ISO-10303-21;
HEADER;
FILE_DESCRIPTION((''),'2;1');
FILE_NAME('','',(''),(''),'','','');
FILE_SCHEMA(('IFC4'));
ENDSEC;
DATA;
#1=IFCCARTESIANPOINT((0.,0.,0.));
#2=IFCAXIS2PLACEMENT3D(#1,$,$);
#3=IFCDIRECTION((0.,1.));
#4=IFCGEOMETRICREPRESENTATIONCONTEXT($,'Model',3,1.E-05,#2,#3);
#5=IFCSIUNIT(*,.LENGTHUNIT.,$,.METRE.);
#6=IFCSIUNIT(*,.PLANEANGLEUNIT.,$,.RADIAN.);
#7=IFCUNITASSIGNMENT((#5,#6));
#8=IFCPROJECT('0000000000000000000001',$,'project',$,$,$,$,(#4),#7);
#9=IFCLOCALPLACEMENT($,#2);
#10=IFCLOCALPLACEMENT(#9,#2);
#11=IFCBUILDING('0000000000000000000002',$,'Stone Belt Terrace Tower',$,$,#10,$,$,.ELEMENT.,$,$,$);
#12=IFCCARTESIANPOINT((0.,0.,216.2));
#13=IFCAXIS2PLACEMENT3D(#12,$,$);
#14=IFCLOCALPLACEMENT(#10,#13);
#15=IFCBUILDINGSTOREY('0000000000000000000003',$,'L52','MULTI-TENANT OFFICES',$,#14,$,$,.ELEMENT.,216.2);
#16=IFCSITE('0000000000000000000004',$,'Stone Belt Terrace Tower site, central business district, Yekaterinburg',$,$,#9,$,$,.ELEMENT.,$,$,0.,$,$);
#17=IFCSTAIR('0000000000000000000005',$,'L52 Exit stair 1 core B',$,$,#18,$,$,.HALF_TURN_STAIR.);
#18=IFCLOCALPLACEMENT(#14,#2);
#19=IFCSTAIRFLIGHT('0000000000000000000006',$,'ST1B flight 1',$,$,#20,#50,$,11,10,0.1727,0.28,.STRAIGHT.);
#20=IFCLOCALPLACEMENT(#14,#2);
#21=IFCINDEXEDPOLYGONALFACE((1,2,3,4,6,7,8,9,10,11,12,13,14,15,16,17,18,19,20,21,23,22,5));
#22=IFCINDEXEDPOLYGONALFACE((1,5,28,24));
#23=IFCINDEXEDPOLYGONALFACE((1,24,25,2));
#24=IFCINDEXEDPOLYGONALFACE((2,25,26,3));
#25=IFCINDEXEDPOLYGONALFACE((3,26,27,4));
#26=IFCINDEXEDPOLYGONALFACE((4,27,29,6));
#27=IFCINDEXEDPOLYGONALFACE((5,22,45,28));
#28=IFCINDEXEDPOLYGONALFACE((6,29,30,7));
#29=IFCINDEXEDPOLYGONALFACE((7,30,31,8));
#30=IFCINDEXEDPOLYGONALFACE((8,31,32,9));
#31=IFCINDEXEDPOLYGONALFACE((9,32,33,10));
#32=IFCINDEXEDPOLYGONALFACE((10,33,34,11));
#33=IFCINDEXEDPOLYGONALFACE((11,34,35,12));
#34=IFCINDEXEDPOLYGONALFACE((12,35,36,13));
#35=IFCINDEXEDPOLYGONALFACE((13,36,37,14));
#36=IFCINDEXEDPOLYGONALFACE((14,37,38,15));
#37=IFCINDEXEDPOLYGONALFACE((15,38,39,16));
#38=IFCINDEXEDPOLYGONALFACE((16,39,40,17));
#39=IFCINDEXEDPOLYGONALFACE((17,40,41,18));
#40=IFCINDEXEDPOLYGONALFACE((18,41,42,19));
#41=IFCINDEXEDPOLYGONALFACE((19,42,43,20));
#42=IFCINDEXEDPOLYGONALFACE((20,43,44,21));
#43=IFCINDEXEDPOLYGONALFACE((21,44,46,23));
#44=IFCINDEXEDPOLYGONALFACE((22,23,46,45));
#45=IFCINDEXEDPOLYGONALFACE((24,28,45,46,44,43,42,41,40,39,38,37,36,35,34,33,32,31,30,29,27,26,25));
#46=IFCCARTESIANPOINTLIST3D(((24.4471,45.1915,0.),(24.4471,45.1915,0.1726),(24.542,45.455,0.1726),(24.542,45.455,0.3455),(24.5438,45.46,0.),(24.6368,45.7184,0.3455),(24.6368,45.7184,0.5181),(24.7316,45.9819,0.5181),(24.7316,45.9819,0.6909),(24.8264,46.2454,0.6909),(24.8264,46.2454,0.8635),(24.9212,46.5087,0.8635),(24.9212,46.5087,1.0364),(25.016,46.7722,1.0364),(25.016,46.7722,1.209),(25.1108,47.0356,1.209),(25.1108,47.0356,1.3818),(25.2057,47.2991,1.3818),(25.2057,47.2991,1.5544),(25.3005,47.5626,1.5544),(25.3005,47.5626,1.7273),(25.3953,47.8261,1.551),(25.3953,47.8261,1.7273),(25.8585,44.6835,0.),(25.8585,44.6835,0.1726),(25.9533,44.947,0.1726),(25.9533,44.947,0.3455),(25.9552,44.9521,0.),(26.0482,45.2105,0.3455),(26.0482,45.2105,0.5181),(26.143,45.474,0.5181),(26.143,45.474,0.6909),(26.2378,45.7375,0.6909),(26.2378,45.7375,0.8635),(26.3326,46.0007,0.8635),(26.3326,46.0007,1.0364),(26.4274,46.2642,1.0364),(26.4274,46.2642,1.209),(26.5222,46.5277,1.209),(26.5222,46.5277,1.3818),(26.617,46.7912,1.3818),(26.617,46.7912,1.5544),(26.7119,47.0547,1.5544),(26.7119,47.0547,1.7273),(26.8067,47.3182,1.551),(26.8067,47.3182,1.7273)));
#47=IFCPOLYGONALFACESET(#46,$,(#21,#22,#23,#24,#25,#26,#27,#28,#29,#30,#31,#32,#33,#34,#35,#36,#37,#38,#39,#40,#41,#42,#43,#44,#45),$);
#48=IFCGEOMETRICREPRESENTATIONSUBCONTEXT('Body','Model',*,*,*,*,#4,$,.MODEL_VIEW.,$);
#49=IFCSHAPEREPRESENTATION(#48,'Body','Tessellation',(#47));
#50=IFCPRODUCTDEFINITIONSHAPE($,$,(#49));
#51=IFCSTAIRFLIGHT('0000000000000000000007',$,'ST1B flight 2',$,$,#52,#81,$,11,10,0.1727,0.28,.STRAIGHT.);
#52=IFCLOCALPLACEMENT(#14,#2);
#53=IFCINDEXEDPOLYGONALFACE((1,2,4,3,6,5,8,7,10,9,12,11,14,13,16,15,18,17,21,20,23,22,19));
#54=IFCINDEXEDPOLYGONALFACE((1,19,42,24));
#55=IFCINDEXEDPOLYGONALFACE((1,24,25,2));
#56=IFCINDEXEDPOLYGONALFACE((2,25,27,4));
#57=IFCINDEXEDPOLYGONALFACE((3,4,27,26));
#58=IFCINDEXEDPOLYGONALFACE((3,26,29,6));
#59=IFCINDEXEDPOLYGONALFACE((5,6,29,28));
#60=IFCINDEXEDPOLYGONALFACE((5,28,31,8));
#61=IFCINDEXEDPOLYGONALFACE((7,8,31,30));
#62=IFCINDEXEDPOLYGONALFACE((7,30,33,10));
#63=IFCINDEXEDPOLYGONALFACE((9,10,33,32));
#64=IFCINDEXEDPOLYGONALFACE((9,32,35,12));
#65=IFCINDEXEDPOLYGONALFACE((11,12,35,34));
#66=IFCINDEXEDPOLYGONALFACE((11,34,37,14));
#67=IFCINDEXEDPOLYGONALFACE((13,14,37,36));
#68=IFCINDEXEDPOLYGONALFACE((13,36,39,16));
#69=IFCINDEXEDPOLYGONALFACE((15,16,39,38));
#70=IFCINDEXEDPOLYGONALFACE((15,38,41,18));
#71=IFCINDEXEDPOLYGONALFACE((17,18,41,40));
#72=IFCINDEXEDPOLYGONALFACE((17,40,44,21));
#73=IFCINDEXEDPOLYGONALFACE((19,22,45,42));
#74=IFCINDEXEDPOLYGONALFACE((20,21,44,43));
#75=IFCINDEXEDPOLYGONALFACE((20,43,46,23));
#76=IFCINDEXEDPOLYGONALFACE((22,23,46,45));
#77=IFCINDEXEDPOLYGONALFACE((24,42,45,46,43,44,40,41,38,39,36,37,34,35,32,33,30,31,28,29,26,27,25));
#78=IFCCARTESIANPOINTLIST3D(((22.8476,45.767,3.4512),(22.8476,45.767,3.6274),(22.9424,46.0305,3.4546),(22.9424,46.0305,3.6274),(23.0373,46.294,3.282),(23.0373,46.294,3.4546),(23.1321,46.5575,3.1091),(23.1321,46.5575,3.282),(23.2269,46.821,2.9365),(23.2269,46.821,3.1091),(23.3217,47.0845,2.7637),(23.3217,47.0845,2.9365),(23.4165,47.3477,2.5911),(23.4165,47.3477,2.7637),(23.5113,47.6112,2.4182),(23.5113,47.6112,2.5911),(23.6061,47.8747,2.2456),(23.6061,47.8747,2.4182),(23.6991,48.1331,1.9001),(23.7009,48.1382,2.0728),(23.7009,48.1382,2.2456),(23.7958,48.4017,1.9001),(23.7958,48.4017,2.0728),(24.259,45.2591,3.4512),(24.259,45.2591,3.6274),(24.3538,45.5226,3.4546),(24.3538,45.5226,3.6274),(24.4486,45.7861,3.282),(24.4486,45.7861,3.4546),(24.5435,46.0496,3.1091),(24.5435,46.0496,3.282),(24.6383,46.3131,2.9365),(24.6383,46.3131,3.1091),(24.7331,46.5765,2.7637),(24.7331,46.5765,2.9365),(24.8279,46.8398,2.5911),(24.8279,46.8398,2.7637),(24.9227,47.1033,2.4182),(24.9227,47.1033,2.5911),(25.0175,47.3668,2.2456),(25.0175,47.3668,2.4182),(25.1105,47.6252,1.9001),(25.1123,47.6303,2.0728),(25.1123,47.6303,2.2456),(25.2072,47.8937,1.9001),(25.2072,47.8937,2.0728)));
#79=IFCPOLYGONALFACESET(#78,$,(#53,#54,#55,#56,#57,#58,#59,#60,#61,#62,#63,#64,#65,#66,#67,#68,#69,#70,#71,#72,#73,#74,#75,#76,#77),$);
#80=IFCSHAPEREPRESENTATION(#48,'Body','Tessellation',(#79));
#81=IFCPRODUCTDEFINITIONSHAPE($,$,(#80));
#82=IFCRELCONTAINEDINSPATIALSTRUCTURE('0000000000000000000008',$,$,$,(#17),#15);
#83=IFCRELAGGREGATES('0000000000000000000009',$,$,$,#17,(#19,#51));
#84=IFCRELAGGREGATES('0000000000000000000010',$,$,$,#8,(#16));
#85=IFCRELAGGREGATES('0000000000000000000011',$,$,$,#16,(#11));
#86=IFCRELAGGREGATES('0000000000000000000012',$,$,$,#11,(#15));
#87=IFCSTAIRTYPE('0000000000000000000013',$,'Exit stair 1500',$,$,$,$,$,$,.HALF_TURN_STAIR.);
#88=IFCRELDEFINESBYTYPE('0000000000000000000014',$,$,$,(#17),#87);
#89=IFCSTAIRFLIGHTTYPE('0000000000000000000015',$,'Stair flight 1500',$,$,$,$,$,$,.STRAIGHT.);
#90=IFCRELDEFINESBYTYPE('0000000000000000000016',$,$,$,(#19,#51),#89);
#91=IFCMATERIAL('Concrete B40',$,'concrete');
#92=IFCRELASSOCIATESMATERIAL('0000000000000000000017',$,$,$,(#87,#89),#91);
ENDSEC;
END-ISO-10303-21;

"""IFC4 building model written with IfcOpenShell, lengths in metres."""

from ifc_helpers import new_model, si_unit, direction, frame, origin, place, context, subcontext, project, spatial, polyline, outline, extrude, material, type_object, element, aggregate, save


model = new_model("IFC4")

# Units and contexts
model_context = context("Model", 3, precision=1e-05, world=origin(), true_north=direction((0.0, 1.0)))
body_context = subcontext(model_context, "Body", "Model", "MODEL_VIEW")
ifc_project = project(units=[si_unit("LENGTHUNIT", "METRE"), si_unit("PLANEANGLEUNIT", "RADIAN")], contexts=[model_context])

# Site, building, storey
site_placement = place(None, origin())
site = spatial("IfcSite", under=ifc_project, at=site_placement, Name="Stone Belt Terrace Tower site, central business district, Yekaterinburg", CompositionType="ELEMENT", RefElevation=0.0)
building_placement = place(site_placement, origin())
building = spatial("IfcBuilding", under=site, at=building_placement, Name="Stone Belt Terrace Tower", CompositionType="ELEMENT")
storey_placement = place(building_placement, frame((0.0, 0.0, 216.2)))
storey = spatial("IfcBuildingStorey", under=building, at=storey_placement, Name="L52", Description="MULTI-TENANT OFFICES", CompositionType="ELEMENT", Elevation=216.2)

# Stair, stair flights
ifc_material_1 = material(Name="Concrete B40", Category="concrete")
stair_type = type_object("IfcStairType", Name="Exit stair 1500", PredefinedType="HALF_TURN_STAIR", material=ifc_material_1)
stair_placement = place(storey_placement, origin())
stair = element("IfcStair", 1, at=stair_placement, inside=storey, type_object=stair_type, Name="L52 Exit stair 1 core B", PredefinedType="HALF_TURN_STAIR")
stair_flight_type = type_object("IfcStairFlightType", Name="Stair flight 1500", PredefinedType="STRAIGHT", material=ifc_material_1)
stair_flight_1_placement = place(storey_placement, frame((25.1528, 44.9375, 0.0), z_axis=(0.0, 0.0, 1.0), x_axis=(0.338624, 0.940922, 0.0)))
stair_flight_1 = element("IfcStairFlight", 2, at=stair_flight_1_placement, type_object=stair_flight_type, Name="ST1B flight 1", NumberOfRisers=11, NumberOfTreads=10, PredefinedType="STRAIGHT", RiserHeight=0.1727, TreadLength=0.28, context=body_context, shape_type="SweptSolid", body=[
    extrude(outline(polyline([(0.0, 0.0), (0.0, 0.1726), (0.28, 0.1726), (0.28, 0.3455), (0.5601, 0.3455), (0.5601, 0.5181), (0.8401, 0.5181), (0.8401, 0.6909), (1.1201, 0.6909), (1.1201, 0.8635), (1.3999, 0.8635), (1.3999, 1.0364), (1.6799, 1.0364), (1.6799, 1.209), (1.96, 1.209), (1.96, 1.3818), (2.24, 1.3818), (2.24, 1.5544), (2.52, 1.5544), (2.52, 1.7273), (2.8, 1.7273), (2.8, 1.8999), (2.8, 1.551), (0.2854, 0.0), (0.0, 0.0)])), frame((0.0, 0.75, 0.0), z_axis=(0.0, -1.0, 0.0), x_axis=(1.0, 0.0, 0.0)), (0.0, 0.0, 1.0), 1.5),
])
stair_flight_2_placement = place(storey_placement, frame((24.5015, 48.1477, 1.9001), z_axis=(0.0, 0.0, 1.0), x_axis=(-0.338624, -0.940922, 0.0)))
stair_flight_2 = element("IfcStairFlight", 3, at=stair_flight_2_placement, type_object=stair_flight_type, Name="ST1B flight 2", NumberOfRisers=11, NumberOfTreads=10, PredefinedType="STRAIGHT", RiserHeight=0.1727, TreadLength=0.28, context=body_context, shape_type="SweptSolid", body=[
    extrude(outline(polyline([(0.0, 0.0), (0.0, 0.1726), (0.28, 0.1726), (0.28, 0.3455), (0.5601, 0.3455), (0.5601, 0.5181), (0.8401, 0.5181), (0.8401, 0.6909), (1.1201, 0.6909), (1.1201, 0.8635), (1.3999, 0.8635), (1.3999, 1.0364), (1.6799, 1.0364), (1.6799, 1.209), (1.96, 1.209), (1.96, 1.3818), (2.24, 1.3818), (2.24, 1.5544), (2.52, 1.5544), (2.52, 1.7273), (2.8, 1.7273), (2.8, 1.8999), (2.8, 1.551), (0.2854, 0.0), (0.0, 0.0)])), frame((0.0, 0.75, 0.0), z_axis=(0.0, -1.0, 0.0), x_axis=(1.0, 0.0, 0.0)), (0.0, 0.0, 1.0), 1.5),
])
aggregate(stair, [stair_flight_1, stair_flight_2])

save(model, "model.ifc")
